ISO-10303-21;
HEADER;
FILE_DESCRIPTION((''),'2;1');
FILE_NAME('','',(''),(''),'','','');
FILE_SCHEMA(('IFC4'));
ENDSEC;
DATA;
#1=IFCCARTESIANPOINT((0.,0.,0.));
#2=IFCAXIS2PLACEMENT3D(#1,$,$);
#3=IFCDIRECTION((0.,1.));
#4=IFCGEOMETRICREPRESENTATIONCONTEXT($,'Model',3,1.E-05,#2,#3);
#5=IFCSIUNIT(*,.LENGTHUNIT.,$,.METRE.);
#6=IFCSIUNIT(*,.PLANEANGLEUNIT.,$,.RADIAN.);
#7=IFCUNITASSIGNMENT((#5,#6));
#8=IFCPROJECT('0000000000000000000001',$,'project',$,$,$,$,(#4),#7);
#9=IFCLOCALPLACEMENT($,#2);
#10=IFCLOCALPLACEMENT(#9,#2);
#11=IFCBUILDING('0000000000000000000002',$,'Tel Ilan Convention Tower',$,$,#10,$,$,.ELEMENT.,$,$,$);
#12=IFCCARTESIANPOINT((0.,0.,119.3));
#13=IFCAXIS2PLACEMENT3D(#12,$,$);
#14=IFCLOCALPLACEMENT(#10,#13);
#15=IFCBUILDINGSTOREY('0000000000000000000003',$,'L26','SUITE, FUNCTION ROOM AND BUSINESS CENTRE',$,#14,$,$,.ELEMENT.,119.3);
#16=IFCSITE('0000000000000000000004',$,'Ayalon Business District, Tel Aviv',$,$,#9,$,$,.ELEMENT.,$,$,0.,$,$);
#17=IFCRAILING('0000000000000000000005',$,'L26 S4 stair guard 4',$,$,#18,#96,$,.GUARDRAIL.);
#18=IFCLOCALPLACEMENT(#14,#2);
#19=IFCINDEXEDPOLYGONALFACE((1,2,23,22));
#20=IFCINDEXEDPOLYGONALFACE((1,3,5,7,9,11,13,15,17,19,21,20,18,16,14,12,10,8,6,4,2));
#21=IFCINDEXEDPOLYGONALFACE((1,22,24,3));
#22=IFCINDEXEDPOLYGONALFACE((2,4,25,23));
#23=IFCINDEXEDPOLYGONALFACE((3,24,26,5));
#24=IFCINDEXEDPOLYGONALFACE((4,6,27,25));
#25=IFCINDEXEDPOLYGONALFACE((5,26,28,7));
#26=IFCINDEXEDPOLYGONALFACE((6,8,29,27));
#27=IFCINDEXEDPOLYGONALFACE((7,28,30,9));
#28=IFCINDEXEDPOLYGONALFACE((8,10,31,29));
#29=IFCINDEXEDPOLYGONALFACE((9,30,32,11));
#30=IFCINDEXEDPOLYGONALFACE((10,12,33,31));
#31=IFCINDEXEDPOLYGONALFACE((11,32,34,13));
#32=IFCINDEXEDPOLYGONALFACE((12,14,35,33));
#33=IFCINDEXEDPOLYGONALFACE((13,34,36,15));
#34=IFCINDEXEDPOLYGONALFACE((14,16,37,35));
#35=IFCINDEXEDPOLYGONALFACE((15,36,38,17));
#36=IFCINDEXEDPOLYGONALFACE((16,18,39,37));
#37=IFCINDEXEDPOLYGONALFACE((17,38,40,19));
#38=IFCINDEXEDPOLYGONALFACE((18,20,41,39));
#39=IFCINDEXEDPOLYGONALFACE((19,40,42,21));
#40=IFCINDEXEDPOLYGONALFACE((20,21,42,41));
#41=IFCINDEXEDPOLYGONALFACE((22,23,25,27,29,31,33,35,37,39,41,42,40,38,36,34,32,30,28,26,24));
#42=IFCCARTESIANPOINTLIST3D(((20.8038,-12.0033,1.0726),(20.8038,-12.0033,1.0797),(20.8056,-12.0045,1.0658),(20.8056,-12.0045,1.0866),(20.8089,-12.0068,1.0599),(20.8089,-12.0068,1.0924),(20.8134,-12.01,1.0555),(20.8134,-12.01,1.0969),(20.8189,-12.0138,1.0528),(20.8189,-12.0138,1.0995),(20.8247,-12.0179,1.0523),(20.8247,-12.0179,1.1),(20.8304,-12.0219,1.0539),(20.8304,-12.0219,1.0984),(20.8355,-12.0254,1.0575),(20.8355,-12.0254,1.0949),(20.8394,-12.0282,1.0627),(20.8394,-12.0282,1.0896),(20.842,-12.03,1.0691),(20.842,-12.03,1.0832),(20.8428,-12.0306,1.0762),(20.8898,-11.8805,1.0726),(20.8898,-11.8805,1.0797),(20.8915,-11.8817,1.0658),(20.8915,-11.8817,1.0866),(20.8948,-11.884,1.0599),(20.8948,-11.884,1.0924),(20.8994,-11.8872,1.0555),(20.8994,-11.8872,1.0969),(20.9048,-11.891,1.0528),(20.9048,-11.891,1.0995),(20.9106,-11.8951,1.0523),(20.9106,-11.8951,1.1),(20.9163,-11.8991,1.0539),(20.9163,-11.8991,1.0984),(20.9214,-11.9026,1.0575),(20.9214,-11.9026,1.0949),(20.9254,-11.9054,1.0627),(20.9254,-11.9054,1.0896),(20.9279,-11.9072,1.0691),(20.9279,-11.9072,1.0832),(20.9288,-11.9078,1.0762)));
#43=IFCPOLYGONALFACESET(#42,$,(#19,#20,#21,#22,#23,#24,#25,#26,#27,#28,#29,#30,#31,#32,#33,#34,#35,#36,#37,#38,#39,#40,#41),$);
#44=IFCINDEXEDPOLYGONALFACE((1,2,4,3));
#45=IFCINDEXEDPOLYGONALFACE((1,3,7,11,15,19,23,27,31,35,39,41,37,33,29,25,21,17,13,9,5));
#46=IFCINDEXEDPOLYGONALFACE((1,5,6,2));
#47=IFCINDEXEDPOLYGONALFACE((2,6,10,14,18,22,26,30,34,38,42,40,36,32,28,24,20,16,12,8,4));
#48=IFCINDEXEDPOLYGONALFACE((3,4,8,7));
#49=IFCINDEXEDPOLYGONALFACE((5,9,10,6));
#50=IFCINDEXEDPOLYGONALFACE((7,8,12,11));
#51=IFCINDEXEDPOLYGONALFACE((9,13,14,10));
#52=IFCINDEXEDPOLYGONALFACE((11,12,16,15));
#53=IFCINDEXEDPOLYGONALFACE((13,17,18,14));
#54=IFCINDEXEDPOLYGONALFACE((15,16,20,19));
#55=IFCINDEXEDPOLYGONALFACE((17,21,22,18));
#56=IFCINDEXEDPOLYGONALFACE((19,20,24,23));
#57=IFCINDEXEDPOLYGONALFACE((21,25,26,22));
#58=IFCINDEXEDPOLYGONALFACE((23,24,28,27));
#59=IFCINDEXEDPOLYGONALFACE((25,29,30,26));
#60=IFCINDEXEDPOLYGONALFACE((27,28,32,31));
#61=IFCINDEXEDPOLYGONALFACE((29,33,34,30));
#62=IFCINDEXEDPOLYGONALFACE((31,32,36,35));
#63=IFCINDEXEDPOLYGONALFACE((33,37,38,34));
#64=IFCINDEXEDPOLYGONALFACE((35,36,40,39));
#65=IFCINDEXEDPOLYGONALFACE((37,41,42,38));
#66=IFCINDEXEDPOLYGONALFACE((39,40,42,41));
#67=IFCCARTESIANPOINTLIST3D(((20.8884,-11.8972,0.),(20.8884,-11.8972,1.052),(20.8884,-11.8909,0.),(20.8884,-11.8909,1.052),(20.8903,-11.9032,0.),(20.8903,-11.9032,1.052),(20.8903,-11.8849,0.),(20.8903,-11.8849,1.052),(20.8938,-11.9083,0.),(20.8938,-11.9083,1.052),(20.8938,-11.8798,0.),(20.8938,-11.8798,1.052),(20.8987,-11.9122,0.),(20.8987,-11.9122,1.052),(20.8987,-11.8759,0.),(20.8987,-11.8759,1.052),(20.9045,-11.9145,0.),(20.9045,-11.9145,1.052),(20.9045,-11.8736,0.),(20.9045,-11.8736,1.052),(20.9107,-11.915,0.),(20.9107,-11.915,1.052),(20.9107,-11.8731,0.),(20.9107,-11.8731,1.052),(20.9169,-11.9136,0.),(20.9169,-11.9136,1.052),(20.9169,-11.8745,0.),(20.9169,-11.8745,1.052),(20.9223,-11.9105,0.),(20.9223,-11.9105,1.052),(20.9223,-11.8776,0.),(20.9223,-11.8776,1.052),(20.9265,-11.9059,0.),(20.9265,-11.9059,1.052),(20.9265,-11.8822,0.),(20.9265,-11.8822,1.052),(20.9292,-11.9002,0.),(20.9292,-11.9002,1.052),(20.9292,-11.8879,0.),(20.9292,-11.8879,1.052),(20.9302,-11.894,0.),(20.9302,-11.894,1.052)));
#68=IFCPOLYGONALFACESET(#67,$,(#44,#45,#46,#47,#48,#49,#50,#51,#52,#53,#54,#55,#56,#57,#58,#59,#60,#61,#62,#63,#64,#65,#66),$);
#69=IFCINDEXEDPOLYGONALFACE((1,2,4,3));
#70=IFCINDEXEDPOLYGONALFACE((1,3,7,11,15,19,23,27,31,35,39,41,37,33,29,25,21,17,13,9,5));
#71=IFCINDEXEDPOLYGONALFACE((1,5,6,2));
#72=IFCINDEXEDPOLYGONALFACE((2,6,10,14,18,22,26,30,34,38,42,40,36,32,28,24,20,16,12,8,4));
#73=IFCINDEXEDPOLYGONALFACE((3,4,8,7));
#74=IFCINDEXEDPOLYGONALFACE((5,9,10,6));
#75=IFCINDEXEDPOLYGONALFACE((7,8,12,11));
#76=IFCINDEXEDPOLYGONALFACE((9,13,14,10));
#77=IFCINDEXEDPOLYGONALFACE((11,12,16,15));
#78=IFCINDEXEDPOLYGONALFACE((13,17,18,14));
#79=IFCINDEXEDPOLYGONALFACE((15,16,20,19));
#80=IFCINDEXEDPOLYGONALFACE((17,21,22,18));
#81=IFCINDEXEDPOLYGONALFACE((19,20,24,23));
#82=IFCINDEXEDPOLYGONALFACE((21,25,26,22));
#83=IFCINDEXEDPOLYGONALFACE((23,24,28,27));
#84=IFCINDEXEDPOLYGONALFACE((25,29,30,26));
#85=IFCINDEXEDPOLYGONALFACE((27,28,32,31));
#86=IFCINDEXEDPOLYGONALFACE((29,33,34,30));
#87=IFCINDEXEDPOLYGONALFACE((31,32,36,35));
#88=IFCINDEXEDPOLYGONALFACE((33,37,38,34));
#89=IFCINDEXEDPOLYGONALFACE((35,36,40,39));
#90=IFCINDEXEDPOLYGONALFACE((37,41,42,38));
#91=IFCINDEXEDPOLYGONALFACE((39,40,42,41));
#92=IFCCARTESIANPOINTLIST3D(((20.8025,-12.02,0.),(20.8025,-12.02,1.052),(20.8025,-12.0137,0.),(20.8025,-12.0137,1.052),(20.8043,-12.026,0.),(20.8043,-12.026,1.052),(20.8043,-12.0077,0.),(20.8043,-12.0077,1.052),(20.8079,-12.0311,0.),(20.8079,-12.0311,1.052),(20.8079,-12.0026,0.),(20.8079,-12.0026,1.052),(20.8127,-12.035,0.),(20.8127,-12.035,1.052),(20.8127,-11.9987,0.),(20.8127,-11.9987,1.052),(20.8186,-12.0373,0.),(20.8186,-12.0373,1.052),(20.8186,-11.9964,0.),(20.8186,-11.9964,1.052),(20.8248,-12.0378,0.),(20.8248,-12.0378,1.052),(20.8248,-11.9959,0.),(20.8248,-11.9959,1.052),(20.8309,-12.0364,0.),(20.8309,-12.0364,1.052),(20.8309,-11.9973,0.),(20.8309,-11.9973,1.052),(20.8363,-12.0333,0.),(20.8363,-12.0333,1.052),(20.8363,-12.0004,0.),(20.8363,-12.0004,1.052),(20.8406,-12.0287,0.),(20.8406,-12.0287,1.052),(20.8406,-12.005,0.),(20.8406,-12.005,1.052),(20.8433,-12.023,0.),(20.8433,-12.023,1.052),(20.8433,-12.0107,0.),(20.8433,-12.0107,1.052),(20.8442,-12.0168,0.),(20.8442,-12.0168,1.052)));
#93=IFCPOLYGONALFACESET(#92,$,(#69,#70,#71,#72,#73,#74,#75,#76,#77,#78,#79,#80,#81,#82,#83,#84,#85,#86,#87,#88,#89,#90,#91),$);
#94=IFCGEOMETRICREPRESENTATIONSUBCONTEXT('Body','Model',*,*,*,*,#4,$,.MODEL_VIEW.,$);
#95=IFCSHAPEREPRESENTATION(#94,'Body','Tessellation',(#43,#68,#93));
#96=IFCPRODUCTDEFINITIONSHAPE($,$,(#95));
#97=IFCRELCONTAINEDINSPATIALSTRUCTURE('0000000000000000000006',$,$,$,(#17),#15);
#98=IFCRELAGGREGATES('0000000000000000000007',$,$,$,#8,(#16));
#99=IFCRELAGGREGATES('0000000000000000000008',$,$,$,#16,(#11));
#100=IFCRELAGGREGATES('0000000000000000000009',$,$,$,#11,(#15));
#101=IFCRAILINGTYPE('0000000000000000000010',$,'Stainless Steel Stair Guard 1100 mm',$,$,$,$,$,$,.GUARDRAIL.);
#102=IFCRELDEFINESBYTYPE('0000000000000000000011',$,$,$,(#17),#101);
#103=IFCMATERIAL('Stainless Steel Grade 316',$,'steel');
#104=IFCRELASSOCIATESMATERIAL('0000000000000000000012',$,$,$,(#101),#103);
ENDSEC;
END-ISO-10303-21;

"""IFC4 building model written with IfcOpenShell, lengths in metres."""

from ifc_helpers import new_model, si_unit, direction, frame, origin, origin_2d, place, context, subcontext, project, spatial, circle, extrude, material, type_object, element, save


model = new_model("IFC4")

# Units and contexts
model_context = context("Model", 3, precision=1e-05, world=origin(), true_north=direction((0.0, 1.0)))
body_context = subcontext(model_context, "Body", "Model", "MODEL_VIEW")
ifc_project = project(units=[si_unit("LENGTHUNIT", "METRE"), si_unit("PLANEANGLEUNIT", "RADIAN")], contexts=[model_context])

# Site, building, storey
site_placement = place(None, origin())
site = spatial("IfcSite", under=ifc_project, at=site_placement, Name="Ayalon Business District, Tel Aviv", CompositionType="ELEMENT", RefElevation=0.0)
building_placement = place(site_placement, origin())
building = spatial("IfcBuilding", under=site, at=building_placement, Name="Tel Ilan Convention Tower", CompositionType="ELEMENT")
storey_placement = place(building_placement, frame((0.0, 0.0, 119.3)))
storey = spatial("IfcBuildingStorey", under=building, at=storey_placement, Name="L26", Description="SUITE, FUNCTION ROOM AND BUSINESS CENTRE", CompositionType="ELEMENT", Elevation=119.3)

# Railing
ifc_material_1 = material(Name="Stainless Steel Grade 316", Category="steel")
railing_type_1 = type_object("IfcRailingType", Name="Stainless Steel Stair Guard 1100 mm", PredefinedType="GUARDRAIL", material=ifc_material_1)
railing_1_placement = place(storey_placement, frame((20.9092, -11.894, 0.0)))
element("IfcRailing", 1, at=railing_1_placement, inside=storey, type_object=railing_type_1, Name="L26 S4 stair guard 4", PredefinedType="GUARDRAIL", context=body_context, shape_type="SweptSolid", body=[
    extrude(circle(Radius=0.0239, at=origin_2d()), frame((0.0, 0.0, 1.0762), z_axis=(-0.573353, -0.819308, 0.0), x_axis=(0.819308, -0.573353, 0.0)), (0.0, 0.0, 1.0), 0.1499),
    extrude(circle(Radius=0.021, at=origin_2d()), origin(), (0.0, 0.0, 1.0), 1.052),
    extrude(circle(Radius=0.021, at=origin_2d()), frame((-0.0859, -0.1228, 0.0)), (0.0, 0.0, 1.0), 1.052),
])

save(model, "model.ifc")
